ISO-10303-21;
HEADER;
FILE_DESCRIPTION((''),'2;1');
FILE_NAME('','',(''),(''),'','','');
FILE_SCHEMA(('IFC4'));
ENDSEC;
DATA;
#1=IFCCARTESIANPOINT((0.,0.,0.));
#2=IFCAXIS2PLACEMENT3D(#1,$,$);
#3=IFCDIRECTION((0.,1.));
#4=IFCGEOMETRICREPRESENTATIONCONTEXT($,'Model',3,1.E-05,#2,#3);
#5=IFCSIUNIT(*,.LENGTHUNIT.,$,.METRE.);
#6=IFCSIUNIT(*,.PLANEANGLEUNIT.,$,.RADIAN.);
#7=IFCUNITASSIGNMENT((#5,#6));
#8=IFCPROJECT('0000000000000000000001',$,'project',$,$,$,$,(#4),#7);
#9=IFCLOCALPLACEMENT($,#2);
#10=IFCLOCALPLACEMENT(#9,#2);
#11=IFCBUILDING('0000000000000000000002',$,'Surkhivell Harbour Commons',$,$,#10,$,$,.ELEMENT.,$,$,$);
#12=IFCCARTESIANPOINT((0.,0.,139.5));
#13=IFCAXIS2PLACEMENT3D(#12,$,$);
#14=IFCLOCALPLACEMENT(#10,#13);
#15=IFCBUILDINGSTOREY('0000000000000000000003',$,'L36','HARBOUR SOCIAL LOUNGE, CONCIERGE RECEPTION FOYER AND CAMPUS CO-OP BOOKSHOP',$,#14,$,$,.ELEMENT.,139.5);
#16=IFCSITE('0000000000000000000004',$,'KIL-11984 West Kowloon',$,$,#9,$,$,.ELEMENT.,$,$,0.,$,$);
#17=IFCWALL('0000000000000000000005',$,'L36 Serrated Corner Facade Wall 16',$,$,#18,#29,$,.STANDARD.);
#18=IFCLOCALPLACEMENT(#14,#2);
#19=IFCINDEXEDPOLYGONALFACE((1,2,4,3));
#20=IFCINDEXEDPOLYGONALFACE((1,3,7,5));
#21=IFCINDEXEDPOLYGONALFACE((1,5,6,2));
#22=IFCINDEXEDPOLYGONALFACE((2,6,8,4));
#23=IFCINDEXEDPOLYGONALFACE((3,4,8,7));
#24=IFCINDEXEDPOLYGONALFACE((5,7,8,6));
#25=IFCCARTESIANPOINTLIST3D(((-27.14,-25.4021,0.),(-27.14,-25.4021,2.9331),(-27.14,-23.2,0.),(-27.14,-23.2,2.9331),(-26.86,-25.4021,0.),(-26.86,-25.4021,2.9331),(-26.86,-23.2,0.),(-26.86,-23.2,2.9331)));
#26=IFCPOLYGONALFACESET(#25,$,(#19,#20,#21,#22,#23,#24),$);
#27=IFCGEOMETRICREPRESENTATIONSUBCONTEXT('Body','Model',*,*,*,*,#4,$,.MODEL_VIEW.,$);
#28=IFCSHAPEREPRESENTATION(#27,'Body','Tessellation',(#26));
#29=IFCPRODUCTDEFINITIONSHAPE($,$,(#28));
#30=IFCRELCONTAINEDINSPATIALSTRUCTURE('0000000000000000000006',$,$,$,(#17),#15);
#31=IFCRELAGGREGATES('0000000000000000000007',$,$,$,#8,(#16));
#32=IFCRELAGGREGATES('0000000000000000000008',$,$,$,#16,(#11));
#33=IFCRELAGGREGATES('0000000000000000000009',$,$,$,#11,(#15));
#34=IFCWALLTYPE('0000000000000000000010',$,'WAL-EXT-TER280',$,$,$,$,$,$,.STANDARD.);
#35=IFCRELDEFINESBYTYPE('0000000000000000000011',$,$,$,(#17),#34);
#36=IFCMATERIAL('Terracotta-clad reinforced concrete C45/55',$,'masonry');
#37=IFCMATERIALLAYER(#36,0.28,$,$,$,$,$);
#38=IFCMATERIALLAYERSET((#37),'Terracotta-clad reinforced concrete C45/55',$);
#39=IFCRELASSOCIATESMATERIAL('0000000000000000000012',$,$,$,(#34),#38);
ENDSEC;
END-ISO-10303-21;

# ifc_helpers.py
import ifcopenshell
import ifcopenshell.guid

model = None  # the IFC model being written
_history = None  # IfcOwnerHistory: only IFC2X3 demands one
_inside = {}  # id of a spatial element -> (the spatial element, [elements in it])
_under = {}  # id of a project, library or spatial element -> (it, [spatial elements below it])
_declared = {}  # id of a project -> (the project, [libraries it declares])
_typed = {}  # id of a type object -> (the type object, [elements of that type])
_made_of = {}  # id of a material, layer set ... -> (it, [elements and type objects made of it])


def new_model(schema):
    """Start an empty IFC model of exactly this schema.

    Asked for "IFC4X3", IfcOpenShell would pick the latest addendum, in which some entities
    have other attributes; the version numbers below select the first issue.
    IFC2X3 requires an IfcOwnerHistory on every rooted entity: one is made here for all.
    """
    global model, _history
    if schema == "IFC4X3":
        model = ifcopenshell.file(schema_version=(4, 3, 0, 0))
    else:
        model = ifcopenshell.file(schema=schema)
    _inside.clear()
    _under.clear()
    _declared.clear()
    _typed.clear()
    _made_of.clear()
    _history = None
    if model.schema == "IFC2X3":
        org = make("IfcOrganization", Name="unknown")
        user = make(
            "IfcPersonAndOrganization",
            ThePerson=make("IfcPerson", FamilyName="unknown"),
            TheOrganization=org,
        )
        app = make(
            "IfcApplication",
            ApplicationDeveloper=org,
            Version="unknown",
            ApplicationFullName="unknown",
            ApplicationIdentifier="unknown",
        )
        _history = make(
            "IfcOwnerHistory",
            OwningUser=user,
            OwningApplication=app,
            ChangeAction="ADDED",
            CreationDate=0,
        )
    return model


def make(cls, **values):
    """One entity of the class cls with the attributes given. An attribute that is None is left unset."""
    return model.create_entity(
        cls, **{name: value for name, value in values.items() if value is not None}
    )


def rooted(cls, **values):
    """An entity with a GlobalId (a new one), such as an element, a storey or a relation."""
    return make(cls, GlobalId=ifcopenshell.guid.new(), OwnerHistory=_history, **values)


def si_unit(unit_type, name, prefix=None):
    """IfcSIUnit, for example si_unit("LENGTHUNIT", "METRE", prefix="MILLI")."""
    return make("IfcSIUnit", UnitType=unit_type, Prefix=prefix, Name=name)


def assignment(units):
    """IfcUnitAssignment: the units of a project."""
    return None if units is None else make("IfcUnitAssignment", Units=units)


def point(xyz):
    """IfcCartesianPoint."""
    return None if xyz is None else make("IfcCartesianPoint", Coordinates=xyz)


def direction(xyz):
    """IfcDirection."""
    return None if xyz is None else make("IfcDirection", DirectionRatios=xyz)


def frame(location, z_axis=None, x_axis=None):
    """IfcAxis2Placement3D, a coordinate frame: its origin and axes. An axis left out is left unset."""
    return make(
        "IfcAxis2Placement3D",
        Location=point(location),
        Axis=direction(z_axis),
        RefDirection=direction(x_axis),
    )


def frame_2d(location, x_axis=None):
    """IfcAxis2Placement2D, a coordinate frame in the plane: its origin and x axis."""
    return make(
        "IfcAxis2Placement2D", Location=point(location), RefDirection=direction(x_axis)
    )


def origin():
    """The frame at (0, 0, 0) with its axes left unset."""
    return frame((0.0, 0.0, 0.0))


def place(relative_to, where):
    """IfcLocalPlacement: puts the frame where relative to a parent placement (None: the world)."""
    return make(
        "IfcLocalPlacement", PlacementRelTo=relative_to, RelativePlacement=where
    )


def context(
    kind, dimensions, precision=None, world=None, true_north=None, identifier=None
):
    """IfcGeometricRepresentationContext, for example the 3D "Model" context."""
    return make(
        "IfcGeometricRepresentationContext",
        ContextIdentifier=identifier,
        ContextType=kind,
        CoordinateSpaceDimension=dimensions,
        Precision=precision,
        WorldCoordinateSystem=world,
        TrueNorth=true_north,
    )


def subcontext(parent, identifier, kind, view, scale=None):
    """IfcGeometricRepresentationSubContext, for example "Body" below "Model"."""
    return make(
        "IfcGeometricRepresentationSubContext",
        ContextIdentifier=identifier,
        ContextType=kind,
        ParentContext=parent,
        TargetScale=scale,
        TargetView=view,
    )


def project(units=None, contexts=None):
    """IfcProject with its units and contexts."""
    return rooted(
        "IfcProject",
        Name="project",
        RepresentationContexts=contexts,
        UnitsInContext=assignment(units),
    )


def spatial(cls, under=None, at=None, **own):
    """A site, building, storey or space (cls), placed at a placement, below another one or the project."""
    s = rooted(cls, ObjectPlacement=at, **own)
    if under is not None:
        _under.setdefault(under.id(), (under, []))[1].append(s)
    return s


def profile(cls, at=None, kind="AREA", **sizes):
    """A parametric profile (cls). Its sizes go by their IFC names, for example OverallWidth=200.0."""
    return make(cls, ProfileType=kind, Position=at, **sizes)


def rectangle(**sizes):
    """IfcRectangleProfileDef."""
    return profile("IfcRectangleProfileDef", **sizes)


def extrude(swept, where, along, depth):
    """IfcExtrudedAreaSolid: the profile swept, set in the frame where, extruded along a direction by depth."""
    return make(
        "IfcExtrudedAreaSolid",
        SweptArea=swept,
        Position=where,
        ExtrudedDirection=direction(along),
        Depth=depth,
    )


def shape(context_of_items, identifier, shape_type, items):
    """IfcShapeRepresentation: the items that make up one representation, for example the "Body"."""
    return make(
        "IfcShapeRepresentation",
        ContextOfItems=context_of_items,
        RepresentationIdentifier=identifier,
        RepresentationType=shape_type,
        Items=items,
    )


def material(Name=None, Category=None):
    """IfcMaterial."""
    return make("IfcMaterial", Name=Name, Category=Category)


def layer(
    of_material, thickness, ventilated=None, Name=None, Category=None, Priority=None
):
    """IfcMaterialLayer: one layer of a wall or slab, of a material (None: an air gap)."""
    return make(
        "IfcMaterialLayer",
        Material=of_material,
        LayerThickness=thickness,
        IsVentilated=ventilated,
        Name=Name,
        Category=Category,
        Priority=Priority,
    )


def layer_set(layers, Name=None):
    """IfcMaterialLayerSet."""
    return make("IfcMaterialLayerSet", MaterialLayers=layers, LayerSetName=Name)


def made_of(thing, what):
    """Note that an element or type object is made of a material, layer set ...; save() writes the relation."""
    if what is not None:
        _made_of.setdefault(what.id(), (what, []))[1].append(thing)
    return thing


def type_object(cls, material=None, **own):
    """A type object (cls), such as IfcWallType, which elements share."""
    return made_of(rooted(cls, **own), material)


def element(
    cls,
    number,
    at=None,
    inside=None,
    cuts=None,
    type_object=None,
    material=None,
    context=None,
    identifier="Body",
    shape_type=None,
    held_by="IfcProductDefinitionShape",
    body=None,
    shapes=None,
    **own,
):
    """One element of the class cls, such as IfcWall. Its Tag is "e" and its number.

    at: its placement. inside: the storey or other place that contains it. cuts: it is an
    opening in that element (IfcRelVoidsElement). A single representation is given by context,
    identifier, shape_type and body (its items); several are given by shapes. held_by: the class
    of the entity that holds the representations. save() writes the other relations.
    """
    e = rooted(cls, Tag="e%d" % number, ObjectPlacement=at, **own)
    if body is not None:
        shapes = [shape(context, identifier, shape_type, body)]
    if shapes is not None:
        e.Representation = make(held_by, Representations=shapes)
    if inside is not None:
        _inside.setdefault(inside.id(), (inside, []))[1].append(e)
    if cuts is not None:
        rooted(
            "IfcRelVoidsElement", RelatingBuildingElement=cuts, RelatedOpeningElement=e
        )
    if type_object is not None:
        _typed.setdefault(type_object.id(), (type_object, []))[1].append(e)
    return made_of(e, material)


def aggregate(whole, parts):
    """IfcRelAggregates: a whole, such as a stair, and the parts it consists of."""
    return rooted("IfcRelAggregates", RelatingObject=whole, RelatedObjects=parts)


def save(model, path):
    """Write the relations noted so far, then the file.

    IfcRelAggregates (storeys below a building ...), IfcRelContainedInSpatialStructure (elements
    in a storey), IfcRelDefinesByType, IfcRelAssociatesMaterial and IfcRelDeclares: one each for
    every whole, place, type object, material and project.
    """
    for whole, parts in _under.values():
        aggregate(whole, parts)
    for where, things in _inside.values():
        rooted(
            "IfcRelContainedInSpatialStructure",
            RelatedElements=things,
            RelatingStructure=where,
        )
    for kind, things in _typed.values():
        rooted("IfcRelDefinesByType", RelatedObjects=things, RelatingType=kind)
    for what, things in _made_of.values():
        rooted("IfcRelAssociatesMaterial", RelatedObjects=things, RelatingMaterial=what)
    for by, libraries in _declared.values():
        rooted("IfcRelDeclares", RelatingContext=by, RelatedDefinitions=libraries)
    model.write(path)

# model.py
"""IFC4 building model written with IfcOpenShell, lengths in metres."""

from ifc_helpers import new_model, si_unit, direction, frame, frame_2d, origin, place, context, subcontext, project, spatial, rectangle, extrude, material, layer, layer_set, type_object, element, save


model = new_model("IFC4")

# Units and contexts
model_context = context("Model", 3, precision=1e-05, world=origin(), true_north=direction((0.0, 1.0)))
body_context = subcontext(model_context, "Body", "Model", "MODEL_VIEW")
ifc_project = project(units=[si_unit("LENGTHUNIT", "METRE"), si_unit("PLANEANGLEUNIT", "RADIAN")], contexts=[model_context])

# Site, building, storey
site_placement = place(None, origin())
site = spatial("IfcSite", under=ifc_project, at=site_placement, Name="KIL-11984 West Kowloon", CompositionType="ELEMENT", RefElevation=0.0)
building_placement = place(site_placement, origin())
building = spatial("IfcBuilding", under=site, at=building_placement, Name="Surkhivell Harbour Commons", CompositionType="ELEMENT")
storey_placement = place(building_placement, frame((0.0, 0.0, 139.5)))
storey = spatial("IfcBuildingStorey", under=building, at=storey_placement, Name="L36", Description="HARBOUR SOCIAL LOUNGE, CONCIERGE RECEPTION FOYER AND CAMPUS CO-OP BOOKSHOP", CompositionType="ELEMENT", Elevation=139.5)

# Wall
ifc_material_1 = material(Name="Terracotta-clad reinforced concrete C45/55", Category="masonry")
ifc_layer_1 = layer(ifc_material_1, 0.28)
ifc_layer_set_1 = layer_set([ifc_layer_1], Name="Terracotta-clad reinforced concrete C45/55")
wall_type = type_object("IfcWallType", Name="WAL-EXT-TER280", PredefinedType="STANDARD", material=ifc_layer_set_1)
wall_1_placement = place(storey_placement, frame((-27.0, -23.2, 0.0), z_axis=(0.0, 0.0, 1.0), x_axis=(0.0, -1.0, 0.0)))
element("IfcWall", 1, at=wall_1_placement, inside=storey, type_object=wall_type, Name="L36 Serrated Corner Facade Wall 16", PredefinedType="STANDARD", context=body_context, shape_type="SweptSolid", body=[
    extrude(rectangle(XDim=2.2021, YDim=0.28, at=frame_2d((1.1011, 0.0))), origin(), (0.0, 0.0, 1.0), 2.9331),
])

save(model, "model.ifc")
